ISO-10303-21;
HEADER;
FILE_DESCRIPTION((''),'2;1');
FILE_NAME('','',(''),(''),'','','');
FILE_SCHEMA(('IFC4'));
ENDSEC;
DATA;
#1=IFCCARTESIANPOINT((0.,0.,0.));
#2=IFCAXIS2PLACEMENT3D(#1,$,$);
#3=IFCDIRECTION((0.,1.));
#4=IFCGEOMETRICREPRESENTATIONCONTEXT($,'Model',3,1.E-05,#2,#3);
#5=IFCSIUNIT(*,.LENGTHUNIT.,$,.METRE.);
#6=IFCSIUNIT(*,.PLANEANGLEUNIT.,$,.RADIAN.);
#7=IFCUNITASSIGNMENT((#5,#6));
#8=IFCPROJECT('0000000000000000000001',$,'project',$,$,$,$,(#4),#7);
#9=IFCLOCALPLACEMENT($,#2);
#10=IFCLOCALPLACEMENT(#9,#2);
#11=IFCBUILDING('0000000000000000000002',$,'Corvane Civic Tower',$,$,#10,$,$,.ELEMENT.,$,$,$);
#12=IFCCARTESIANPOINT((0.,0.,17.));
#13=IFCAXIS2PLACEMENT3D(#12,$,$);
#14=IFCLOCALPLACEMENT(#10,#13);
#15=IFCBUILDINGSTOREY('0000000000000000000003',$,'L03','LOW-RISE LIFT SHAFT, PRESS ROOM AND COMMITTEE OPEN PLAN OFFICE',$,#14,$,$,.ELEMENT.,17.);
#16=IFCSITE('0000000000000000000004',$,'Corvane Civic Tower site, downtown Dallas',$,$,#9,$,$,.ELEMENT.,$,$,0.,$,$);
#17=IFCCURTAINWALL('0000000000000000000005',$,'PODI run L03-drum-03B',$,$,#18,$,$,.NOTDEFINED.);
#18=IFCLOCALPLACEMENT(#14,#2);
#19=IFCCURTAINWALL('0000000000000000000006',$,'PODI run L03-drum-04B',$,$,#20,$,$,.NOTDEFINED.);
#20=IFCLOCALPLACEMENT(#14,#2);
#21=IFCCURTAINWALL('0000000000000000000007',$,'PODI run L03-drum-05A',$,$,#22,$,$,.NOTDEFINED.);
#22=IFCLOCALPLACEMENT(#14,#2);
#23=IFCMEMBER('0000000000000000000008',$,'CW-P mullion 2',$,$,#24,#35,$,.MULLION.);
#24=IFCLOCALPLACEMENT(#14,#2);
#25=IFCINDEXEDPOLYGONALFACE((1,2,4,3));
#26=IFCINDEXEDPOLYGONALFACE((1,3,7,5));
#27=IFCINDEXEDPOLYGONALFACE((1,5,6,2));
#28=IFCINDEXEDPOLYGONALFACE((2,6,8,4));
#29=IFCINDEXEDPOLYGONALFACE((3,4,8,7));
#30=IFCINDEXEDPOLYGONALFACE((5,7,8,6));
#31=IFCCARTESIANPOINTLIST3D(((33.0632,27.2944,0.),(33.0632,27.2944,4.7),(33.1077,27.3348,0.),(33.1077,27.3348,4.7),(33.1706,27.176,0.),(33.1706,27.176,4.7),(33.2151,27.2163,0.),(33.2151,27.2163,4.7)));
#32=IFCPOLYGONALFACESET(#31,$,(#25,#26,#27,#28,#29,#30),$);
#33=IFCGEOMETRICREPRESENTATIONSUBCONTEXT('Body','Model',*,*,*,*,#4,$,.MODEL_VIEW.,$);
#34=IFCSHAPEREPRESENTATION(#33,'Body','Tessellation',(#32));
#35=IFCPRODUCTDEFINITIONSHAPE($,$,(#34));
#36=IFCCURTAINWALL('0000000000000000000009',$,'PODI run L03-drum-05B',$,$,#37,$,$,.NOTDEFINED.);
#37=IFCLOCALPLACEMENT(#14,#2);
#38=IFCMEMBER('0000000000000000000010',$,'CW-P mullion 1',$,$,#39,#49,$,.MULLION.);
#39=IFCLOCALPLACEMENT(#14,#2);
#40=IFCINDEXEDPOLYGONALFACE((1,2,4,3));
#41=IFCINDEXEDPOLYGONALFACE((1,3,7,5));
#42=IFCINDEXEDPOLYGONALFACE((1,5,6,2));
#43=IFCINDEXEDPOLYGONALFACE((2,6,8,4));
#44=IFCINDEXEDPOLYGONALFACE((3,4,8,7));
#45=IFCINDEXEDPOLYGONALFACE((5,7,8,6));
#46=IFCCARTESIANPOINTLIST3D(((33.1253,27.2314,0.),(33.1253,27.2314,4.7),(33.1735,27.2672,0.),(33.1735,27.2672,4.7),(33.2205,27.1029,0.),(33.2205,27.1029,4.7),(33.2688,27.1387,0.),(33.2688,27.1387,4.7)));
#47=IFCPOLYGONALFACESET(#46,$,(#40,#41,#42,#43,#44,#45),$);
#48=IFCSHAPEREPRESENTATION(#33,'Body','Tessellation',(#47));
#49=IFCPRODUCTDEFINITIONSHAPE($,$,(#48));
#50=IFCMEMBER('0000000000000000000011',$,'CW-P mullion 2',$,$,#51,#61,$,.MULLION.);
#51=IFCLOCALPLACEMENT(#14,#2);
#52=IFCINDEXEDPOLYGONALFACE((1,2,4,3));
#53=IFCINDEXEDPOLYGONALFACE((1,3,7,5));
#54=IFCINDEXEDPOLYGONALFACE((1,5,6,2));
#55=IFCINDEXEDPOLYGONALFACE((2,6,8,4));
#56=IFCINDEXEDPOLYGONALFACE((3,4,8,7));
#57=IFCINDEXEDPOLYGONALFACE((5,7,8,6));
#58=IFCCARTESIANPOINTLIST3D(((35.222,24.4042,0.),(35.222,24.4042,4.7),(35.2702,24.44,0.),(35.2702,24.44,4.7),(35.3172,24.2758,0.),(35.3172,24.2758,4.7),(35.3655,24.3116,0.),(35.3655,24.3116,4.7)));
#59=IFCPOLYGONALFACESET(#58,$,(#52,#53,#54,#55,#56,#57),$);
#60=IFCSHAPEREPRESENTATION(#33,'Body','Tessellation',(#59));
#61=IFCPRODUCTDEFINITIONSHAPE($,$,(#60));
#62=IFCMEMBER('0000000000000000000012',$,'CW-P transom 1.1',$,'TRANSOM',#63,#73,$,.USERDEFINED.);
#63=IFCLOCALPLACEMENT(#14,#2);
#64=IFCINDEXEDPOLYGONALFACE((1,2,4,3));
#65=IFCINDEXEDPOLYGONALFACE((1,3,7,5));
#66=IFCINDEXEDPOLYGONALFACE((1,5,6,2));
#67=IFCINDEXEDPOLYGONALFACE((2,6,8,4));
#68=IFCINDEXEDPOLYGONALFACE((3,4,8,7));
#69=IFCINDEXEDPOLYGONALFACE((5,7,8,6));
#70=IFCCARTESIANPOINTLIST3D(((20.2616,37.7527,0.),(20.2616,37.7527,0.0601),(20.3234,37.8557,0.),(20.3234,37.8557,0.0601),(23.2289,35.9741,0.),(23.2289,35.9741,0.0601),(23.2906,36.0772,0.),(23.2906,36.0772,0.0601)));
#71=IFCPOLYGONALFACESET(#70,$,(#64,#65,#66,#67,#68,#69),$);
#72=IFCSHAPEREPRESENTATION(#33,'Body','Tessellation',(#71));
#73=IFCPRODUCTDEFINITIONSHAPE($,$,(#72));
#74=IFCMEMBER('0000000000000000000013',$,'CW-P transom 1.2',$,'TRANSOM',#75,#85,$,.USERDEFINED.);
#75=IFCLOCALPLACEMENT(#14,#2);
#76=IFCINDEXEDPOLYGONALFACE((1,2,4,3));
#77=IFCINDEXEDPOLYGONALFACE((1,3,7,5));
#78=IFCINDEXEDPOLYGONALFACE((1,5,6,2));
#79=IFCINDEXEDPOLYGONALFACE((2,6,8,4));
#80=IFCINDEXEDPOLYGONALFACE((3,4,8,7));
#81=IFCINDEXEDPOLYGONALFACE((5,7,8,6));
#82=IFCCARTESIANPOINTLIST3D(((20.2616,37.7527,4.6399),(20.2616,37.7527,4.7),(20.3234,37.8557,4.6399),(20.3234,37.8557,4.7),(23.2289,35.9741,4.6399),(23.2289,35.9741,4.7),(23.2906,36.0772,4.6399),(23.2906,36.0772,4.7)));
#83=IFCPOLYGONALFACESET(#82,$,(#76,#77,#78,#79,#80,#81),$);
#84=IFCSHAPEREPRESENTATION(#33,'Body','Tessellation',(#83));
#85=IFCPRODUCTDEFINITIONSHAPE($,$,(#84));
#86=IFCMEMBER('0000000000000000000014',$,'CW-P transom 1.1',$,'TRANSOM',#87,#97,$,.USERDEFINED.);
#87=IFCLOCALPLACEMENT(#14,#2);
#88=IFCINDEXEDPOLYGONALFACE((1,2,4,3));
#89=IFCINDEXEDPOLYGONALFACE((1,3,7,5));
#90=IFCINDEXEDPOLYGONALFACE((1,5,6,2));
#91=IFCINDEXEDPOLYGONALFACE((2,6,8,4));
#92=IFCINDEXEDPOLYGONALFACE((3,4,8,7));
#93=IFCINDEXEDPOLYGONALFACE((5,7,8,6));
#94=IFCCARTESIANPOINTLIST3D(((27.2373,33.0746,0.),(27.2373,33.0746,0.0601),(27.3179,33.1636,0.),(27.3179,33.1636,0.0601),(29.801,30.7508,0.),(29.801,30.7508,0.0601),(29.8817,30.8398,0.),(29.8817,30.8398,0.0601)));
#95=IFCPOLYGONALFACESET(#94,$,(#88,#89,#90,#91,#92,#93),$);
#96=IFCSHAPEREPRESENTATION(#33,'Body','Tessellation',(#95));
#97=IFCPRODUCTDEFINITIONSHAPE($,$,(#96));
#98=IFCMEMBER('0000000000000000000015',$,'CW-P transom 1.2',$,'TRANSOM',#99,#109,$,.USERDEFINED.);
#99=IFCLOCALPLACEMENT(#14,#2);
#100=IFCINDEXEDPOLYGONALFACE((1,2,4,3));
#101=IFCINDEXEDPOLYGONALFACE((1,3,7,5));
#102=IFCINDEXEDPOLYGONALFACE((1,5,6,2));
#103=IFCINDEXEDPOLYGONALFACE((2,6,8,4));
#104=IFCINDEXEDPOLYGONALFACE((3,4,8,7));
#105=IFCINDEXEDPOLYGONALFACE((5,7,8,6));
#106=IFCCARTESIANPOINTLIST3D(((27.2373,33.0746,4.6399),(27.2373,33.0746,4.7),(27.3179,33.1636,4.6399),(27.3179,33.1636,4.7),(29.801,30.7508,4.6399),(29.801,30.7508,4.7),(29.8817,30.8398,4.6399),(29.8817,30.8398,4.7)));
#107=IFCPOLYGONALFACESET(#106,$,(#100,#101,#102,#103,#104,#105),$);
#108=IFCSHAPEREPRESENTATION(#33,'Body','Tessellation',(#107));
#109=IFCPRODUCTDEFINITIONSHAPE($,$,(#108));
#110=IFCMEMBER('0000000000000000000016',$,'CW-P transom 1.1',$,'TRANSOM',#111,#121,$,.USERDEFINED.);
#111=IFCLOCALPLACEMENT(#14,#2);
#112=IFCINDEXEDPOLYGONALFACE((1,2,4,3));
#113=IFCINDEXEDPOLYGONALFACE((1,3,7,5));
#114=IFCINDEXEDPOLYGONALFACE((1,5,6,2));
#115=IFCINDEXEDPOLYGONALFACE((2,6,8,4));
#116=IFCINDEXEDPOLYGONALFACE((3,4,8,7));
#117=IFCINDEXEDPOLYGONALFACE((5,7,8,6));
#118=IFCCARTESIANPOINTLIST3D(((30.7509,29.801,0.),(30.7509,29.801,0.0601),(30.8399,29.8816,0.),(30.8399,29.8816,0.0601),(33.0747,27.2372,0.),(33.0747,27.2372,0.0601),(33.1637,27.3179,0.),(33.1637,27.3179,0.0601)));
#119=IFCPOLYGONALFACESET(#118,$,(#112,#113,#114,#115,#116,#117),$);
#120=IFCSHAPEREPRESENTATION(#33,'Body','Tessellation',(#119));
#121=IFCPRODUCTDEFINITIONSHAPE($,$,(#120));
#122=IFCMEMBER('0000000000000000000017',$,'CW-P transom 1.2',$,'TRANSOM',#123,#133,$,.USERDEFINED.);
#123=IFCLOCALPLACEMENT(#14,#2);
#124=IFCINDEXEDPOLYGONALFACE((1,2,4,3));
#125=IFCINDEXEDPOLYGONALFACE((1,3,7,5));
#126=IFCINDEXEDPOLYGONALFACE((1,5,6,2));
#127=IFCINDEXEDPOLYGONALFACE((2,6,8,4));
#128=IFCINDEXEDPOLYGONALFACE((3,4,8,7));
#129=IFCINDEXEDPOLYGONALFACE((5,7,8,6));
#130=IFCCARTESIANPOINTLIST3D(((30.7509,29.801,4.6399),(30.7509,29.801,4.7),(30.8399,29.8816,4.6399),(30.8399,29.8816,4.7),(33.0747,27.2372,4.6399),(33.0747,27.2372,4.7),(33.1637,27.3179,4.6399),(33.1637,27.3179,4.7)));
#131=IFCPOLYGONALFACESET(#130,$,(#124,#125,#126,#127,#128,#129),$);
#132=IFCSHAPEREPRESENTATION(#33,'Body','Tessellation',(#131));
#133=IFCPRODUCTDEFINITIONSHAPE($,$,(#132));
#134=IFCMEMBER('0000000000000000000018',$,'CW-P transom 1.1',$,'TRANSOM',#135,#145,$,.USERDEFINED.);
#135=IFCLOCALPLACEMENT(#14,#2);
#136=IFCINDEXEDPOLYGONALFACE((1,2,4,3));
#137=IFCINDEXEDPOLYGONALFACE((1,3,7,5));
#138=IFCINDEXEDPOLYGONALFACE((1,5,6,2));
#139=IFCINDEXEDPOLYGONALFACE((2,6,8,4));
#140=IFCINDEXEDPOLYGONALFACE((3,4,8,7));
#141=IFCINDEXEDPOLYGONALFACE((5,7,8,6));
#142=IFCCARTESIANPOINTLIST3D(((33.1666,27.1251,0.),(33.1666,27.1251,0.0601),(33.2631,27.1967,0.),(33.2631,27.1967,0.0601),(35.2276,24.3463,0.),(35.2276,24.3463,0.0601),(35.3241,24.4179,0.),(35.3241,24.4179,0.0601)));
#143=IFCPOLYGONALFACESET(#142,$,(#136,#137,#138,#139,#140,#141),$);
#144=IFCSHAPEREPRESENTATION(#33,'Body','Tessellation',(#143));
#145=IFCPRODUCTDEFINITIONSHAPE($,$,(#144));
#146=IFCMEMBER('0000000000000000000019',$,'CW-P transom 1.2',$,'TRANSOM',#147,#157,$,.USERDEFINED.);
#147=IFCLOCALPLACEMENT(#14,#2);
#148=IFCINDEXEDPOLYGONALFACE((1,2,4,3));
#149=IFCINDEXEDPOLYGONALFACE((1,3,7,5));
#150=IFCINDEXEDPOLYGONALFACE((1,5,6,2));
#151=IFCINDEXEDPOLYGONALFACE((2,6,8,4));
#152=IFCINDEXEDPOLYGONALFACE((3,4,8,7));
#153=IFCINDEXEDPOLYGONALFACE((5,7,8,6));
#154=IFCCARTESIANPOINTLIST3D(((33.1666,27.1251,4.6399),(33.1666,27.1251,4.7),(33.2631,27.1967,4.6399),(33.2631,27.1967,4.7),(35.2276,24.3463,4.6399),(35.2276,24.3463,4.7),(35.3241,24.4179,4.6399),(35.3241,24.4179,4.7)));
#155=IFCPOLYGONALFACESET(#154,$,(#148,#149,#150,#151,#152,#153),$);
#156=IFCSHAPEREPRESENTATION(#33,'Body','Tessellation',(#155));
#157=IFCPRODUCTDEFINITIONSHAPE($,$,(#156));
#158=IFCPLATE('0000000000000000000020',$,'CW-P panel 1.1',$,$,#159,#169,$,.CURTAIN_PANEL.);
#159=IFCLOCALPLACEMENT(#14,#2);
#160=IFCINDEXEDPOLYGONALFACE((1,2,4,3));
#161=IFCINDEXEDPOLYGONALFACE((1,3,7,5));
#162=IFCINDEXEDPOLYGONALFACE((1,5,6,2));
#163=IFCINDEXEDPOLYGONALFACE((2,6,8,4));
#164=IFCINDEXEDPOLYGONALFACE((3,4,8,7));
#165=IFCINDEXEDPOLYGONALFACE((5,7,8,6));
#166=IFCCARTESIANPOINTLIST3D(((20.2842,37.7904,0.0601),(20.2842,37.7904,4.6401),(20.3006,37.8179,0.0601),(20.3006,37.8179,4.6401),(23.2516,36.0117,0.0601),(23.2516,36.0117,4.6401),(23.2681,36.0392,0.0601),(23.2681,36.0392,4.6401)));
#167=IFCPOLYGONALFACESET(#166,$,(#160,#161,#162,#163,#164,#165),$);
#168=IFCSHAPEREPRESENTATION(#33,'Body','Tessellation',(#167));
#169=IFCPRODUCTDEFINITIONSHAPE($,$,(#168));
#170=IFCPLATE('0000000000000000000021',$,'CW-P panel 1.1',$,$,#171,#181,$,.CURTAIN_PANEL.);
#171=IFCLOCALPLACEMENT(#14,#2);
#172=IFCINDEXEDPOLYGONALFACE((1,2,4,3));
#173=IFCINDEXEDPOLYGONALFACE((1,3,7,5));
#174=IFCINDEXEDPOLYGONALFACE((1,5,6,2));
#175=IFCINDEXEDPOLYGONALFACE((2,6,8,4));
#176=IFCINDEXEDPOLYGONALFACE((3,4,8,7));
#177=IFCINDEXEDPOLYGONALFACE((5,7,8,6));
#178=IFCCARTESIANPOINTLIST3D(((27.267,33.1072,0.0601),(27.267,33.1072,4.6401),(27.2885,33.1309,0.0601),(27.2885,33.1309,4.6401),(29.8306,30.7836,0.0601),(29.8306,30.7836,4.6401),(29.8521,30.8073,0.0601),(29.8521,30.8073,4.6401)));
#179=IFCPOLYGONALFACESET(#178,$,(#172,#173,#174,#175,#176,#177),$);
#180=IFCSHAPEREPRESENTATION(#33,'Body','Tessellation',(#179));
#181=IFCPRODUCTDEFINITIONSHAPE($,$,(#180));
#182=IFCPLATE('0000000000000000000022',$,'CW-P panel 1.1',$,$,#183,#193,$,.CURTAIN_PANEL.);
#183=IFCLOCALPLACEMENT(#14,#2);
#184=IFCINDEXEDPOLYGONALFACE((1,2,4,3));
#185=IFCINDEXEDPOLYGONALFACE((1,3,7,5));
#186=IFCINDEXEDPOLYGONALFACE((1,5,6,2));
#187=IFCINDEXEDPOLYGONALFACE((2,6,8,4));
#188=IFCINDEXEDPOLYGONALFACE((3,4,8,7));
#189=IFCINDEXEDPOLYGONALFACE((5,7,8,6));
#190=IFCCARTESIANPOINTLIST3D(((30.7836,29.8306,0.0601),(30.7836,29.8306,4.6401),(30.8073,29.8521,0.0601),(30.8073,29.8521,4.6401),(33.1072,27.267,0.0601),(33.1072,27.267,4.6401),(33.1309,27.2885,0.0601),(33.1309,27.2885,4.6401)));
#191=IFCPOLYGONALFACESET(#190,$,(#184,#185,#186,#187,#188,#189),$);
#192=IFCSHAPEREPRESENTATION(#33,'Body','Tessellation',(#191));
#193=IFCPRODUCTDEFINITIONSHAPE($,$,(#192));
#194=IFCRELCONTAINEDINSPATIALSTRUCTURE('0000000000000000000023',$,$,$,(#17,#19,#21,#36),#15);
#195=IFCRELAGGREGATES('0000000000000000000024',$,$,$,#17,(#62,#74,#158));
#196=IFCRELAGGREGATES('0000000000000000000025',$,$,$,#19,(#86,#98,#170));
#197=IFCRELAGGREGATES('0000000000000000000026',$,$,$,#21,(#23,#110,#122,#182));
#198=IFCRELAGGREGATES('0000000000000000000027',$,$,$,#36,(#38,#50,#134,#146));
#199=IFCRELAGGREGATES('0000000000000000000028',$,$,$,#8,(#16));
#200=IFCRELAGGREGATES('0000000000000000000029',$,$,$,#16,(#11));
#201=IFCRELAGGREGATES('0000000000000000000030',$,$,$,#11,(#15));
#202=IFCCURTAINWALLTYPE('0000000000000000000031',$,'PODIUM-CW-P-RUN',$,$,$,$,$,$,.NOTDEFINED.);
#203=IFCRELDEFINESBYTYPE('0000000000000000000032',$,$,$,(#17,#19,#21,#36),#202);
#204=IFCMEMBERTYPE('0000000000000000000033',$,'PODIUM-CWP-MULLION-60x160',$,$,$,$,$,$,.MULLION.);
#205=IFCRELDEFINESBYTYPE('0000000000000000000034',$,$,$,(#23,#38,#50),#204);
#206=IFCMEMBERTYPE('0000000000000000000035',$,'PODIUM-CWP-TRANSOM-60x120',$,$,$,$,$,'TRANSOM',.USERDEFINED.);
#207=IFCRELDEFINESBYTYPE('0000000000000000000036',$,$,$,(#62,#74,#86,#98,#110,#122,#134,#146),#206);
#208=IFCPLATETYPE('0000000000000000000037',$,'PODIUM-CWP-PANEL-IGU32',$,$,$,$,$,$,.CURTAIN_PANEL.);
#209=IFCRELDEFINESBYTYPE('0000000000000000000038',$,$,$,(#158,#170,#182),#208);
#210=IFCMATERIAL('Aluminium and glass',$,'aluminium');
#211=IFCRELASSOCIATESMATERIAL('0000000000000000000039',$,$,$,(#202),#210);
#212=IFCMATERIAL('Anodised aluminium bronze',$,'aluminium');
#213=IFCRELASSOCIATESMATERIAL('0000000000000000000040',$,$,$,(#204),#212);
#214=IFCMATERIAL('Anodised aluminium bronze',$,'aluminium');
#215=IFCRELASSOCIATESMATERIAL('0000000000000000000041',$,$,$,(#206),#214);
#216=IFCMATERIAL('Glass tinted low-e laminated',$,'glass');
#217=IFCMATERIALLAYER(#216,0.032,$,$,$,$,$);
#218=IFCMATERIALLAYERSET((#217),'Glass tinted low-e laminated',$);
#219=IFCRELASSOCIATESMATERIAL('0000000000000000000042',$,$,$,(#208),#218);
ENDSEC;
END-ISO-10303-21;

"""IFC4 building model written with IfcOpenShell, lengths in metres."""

from ifc_helpers import new_model, si_unit, direction, frame, origin, origin_2d, place, context, subcontext, project, spatial, rectangle, extrude, material, layer, layer_set, material_profile, profile_set, type_object, element, aggregate, save


model = new_model("IFC4")

# Units and contexts
model_context = context("Model", 3, precision=1e-05, world=origin(), true_north=direction((0.0, 1.0)))
body_context = subcontext(model_context, "Body", "Model", "MODEL_VIEW")
ifc_project = project(units=[si_unit("LENGTHUNIT", "METRE"), si_unit("PLANEANGLEUNIT", "RADIAN")], contexts=[model_context])

# Site, building, storey
site_placement = place(None, origin())
site = spatial("IfcSite", under=ifc_project, at=site_placement, Name="Corvane Civic Tower site, downtown Dallas", CompositionType="ELEMENT", RefElevation=0.0)
building_placement = place(site_placement, origin())
building = spatial("IfcBuilding", under=site, at=building_placement, Name="Corvane Civic Tower", CompositionType="ELEMENT")
storey_placement = place(building_placement, frame((0.0, 0.0, 17.0)))
storey = spatial("IfcBuildingStorey", under=building, at=storey_placement, Name="L03", Description="LOW-RISE LIFT SHAFT, PRESS ROOM AND COMMITTEE OPEN PLAN OFFICE", CompositionType="ELEMENT", Elevation=17.0)

# Curtain walls, members
ifc_material_1 = material(Name="Aluminium and glass", Category="aluminium")
curtain_wall_type = type_object("IfcCurtainWallType", Name="PODIUM-CW-P-RUN", PredefinedType="NOTDEFINED", material=ifc_material_1)
curtain_wall_1_placement = place(storey_placement, origin())
curtain_wall_1 = element("IfcCurtainWall", 1, at=curtain_wall_1_placement, inside=storey, type_object=curtain_wall_type, Name="PODI run L03-drum-03B", PredefinedType="NOTDEFINED")
ifc_material_2 = material(Name="Anodised aluminium bronze", Category="aluminium")
ifc_material_profile_1 = material_profile(ifc_material_2, rectangle(XDim=0.0601, YDim=0.1599, at=origin_2d()), Name="AL 60x160")
ifc_profile_set_1 = profile_set([ifc_material_profile_1], Name="Anodised aluminium bronze")
member_type_1 = type_object("IfcMemberType", Name="PODIUM-CWP-MULLION-60x160", PredefinedType="MULLION", material=ifc_profile_set_1)
curtain_wall_2_placement = place(storey_placement, origin())
curtain_wall_2 = element("IfcCurtainWall", 2, at=curtain_wall_2_placement, inside=storey, type_object=curtain_wall_type, Name="PODI run L03-drum-04B", PredefinedType="NOTDEFINED")
curtain_wall_3_placement = place(storey_placement, origin())
curtain_wall_3 = element("IfcCurtainWall", 3, at=curtain_wall_3_placement, inside=storey, type_object=curtain_wall_type, Name="PODI run L03-drum-05A", PredefinedType="NOTDEFINED")
member_1_placement = place(storey_placement, frame((33.1392, 27.2554, 0.0), z_axis=(0.0, 0.0, 1.0), x_axis=(0.740935, 0.671576, 0.0)))
member_1 = element("IfcMember", 4, at=member_1_placement, type_object=member_type_1, Name="CW-P mullion 2", PredefinedType="MULLION", context=body_context, shape_type="SweptSolid", body=[
    extrude(rectangle(XDim=0.0601, YDim=0.1599, at=origin_2d()), origin(), (0.0, 0.0, 1.0), 4.7),
])
curtain_wall_4_placement = place(storey_placement, origin())
curtain_wall_4 = element("IfcCurtainWall", 5, at=curtain_wall_4_placement, inside=storey, type_object=curtain_wall_type, Name="PODI run L03-drum-05B", PredefinedType="NOTDEFINED")
member_2_placement = place(storey_placement, frame((33.197, 27.1851, 0.0), z_axis=(0.0, 0.0, 1.0), x_axis=(0.803203, 0.595705, 0.0)))
member_2 = element("IfcMember", 6, at=member_2_placement, type_object=member_type_1, Name="CW-P mullion 1", PredefinedType="MULLION", context=body_context, shape_type="SweptSolid", body=[
    extrude(rectangle(XDim=0.0601, YDim=0.1599, at=origin_2d()), origin(), (0.0, 0.0, 1.0), 4.7),
])
member_3_placement = place(storey_placement, frame((35.2937, 24.3579, 0.0), z_axis=(0.0, 0.0, 1.0), x_axis=(0.803203, 0.595705, 0.0)))
member_3 = element("IfcMember", 7, at=member_3_placement, type_object=member_type_1, Name="CW-P mullion 2", PredefinedType="MULLION", context=body_context, shape_type="SweptSolid", body=[
    extrude(rectangle(XDim=0.0601, YDim=0.1599, at=origin_2d()), origin(), (0.0, 0.0, 1.0), 4.7),
])

# Members
ifc_material_3 = material(Name="Anodised aluminium bronze", Category="aluminium")
ifc_material_profile_2 = material_profile(ifc_material_3, rectangle(XDim=0.1201, YDim=0.0601, at=origin_2d()), Name="AL 120x60")
ifc_profile_set_2 = profile_set([ifc_material_profile_2], Name="Anodised aluminium bronze")
member_type_2 = type_object("IfcMemberType", Name="PODIUM-CWP-TRANSOM-60x120", ElementType="TRANSOM", PredefinedType="USERDEFINED", material=ifc_profile_set_2)
member_4_placement = place(storey_placement, frame((20.2925, 37.8042, 0.03), z_axis=(0.857723, -0.514112, 0.0), x_axis=(0.514112, 0.857723, 0.0)))
member_4 = element("IfcMember", 8, at=member_4_placement, type_object=member_type_2, Name="CW-P transom 1.1", ObjectType="TRANSOM", PredefinedType="USERDEFINED", context=body_context, shape_type="SweptSolid", body=[
    extrude(rectangle(XDim=0.1201, YDim=0.0601, at=origin_2d()), origin(), (0.0, 0.0, 1.0), 3.4595),
])
member_5_placement = place(storey_placement, frame((20.2925, 37.8042, 4.6699), z_axis=(0.857723, -0.514112, 0.0), x_axis=(0.514112, 0.857723, 0.0)))
member_5 = element("IfcMember", 9, at=member_5_placement, type_object=member_type_2, Name="CW-P transom 1.2", ObjectType="TRANSOM", PredefinedType="USERDEFINED", context=body_context, shape_type="SweptSolid", body=[
    extrude(rectangle(XDim=0.1201, YDim=0.0601, at=origin_2d()), origin(), (0.0, 0.0, 1.0), 3.4595),
])
member_6_placement = place(storey_placement, frame((27.2776, 33.1191, 0.03), z_axis=(0.740935, -0.671576, 0.0), x_axis=(0.671576, 0.740935, 0.0)))
member_6 = element("IfcMember", 10, at=member_6_placement, type_object=member_type_2, Name="CW-P transom 1.1", ObjectType="TRANSOM", PredefinedType="USERDEFINED", context=body_context, shape_type="SweptSolid", body=[
    extrude(rectangle(XDim=0.1201, YDim=0.0601, at=origin_2d()), origin(), (0.0, 0.0, 1.0), 3.4602),
])
member_7_placement = place(storey_placement, frame((27.2776, 33.1191, 4.6699), z_axis=(0.740935, -0.671576, 0.0), x_axis=(0.671576, 0.740935, 0.0)))
member_7 = element("IfcMember", 11, at=member_7_placement, type_object=member_type_2, Name="CW-P transom 1.2", ObjectType="TRANSOM", PredefinedType="USERDEFINED", context=body_context, shape_type="SweptSolid", body=[
    extrude(rectangle(XDim=0.1201, YDim=0.0601, at=origin_2d()), origin(), (0.0, 0.0, 1.0), 3.4602),
])
member_8_placement = place(storey_placement, frame((30.7954, 29.8413, 0.03), z_axis=(0.671576, -0.740935, 0.0), x_axis=(0.740935, 0.671576, 0.0)))
member_8 = element("IfcMember", 12, at=member_8_placement, type_object=member_type_2, Name="CW-P transom 1.1", ObjectType="TRANSOM", PredefinedType="USERDEFINED", context=body_context, shape_type="SweptSolid", body=[
    extrude(rectangle(XDim=0.1201, YDim=0.0601, at=origin_2d()), origin(), (0.0, 0.0, 1.0), 3.4602),
])
member_9_placement = place(storey_placement, frame((30.7954, 29.8413, 4.6699), z_axis=(0.671576, -0.740935, 0.0), x_axis=(0.740935, 0.671576, 0.0)))
member_9 = element("IfcMember", 13, at=member_9_placement, type_object=member_type_2, Name="CW-P transom 1.2", ObjectType="TRANSOM", PredefinedType="USERDEFINED", context=body_context, shape_type="SweptSolid", body=[
    extrude(rectangle(XDim=0.1201, YDim=0.0601, at=origin_2d()), origin(), (0.0, 0.0, 1.0), 3.4602),
])
member_10_placement = place(storey_placement, frame((33.2148, 27.1609, 0.03), z_axis=(0.595724, -0.80319, 0.0), x_axis=(0.80319, 0.595724, 0.0)))
member_10 = element("IfcMember", 14, at=member_10_placement, type_object=member_type_2, Name="CW-P transom 1.1", ObjectType="TRANSOM", PredefinedType="USERDEFINED", context=body_context, shape_type="SweptSolid", body=[
    extrude(rectangle(XDim=0.1201, YDim=0.0601, at=origin_2d()), origin(), (0.0, 0.0, 1.0), 3.4597),
])
member_11_placement = place(storey_placement, frame((33.2148, 27.1609, 4.6699), z_axis=(0.595724, -0.80319, 0.0), x_axis=(0.80319, 0.595724, 0.0)))
member_11 = element("IfcMember", 15, at=member_11_placement, type_object=member_type_2, Name="CW-P transom 1.2", ObjectType="TRANSOM", PredefinedType="USERDEFINED", context=body_context, shape_type="SweptSolid", body=[
    extrude(rectangle(XDim=0.1201, YDim=0.0601, at=origin_2d()), origin(), (0.0, 0.0, 1.0), 3.4597),
])

# Plates
ifc_material_4 = material(Name="Glass tinted low-e laminated", Category="glass")
ifc_layer_1 = layer(ifc_material_4, 0.032)
ifc_layer_set_1 = layer_set([ifc_layer_1], Name="Glass tinted low-e laminated")
plate_type = type_object("IfcPlateType", Name="PODIUM-CWP-PANEL-IGU32", PredefinedType="CURTAIN_PANEL", material=ifc_layer_set_1)
plate_1_placement = place(storey_placement, frame((21.7761, 36.9148, 0.0601), z_axis=(0.0, 0.0, 1.0), x_axis=(0.85772, -0.514118, 0.0)))
plate_1 = element("IfcPlate", 16, at=plate_1_placement, type_object=plate_type, Name="CW-P panel 1.1", PredefinedType="CURTAIN_PANEL", context=body_context, shape_type="SweptSolid", body=[
    extrude(rectangle(XDim=3.4597, YDim=0.032, at=origin_2d()), origin(), (0.0, 0.0, 1.0), 4.5801),
])
aggregate(curtain_wall_1, [member_4, member_5, plate_1])
plate_2_placement = place(storey_placement, frame((28.5596, 31.9573, 0.0601), z_axis=(0.0, 0.0, 1.0), x_axis=(0.740935, -0.671576, 0.0)))
plate_2 = element("IfcPlate", 17, at=plate_2_placement, type_object=plate_type, Name="CW-P panel 1.1", PredefinedType="CURTAIN_PANEL", context=body_context, shape_type="SweptSolid", body=[
    extrude(rectangle(XDim=3.46, YDim=0.032, at=origin_2d()), origin(), (0.0, 0.0, 1.0), 4.5801),
])
aggregate(curtain_wall_2, [member_6, member_7, plate_2])
plate_3_placement = place(storey_placement, frame((31.9573, 28.5596, 0.0601), z_axis=(0.0, 0.0, 1.0), x_axis=(0.671576, -0.740935, 0.0)))
plate_3 = element("IfcPlate", 18, at=plate_3_placement, type_object=plate_type, Name="CW-P panel 1.1", PredefinedType="CURTAIN_PANEL", context=body_context, shape_type="SweptSolid", body=[
    extrude(rectangle(XDim=3.46, YDim=0.032, at=origin_2d()), origin(), (0.0, 0.0, 1.0), 4.5801),
])
aggregate(curtain_wall_3, [member_1, member_8, member_9, plate_3])
aggregate(curtain_wall_4, [member_2, member_3, member_10, member_11])

save(model, "model.ifc")
